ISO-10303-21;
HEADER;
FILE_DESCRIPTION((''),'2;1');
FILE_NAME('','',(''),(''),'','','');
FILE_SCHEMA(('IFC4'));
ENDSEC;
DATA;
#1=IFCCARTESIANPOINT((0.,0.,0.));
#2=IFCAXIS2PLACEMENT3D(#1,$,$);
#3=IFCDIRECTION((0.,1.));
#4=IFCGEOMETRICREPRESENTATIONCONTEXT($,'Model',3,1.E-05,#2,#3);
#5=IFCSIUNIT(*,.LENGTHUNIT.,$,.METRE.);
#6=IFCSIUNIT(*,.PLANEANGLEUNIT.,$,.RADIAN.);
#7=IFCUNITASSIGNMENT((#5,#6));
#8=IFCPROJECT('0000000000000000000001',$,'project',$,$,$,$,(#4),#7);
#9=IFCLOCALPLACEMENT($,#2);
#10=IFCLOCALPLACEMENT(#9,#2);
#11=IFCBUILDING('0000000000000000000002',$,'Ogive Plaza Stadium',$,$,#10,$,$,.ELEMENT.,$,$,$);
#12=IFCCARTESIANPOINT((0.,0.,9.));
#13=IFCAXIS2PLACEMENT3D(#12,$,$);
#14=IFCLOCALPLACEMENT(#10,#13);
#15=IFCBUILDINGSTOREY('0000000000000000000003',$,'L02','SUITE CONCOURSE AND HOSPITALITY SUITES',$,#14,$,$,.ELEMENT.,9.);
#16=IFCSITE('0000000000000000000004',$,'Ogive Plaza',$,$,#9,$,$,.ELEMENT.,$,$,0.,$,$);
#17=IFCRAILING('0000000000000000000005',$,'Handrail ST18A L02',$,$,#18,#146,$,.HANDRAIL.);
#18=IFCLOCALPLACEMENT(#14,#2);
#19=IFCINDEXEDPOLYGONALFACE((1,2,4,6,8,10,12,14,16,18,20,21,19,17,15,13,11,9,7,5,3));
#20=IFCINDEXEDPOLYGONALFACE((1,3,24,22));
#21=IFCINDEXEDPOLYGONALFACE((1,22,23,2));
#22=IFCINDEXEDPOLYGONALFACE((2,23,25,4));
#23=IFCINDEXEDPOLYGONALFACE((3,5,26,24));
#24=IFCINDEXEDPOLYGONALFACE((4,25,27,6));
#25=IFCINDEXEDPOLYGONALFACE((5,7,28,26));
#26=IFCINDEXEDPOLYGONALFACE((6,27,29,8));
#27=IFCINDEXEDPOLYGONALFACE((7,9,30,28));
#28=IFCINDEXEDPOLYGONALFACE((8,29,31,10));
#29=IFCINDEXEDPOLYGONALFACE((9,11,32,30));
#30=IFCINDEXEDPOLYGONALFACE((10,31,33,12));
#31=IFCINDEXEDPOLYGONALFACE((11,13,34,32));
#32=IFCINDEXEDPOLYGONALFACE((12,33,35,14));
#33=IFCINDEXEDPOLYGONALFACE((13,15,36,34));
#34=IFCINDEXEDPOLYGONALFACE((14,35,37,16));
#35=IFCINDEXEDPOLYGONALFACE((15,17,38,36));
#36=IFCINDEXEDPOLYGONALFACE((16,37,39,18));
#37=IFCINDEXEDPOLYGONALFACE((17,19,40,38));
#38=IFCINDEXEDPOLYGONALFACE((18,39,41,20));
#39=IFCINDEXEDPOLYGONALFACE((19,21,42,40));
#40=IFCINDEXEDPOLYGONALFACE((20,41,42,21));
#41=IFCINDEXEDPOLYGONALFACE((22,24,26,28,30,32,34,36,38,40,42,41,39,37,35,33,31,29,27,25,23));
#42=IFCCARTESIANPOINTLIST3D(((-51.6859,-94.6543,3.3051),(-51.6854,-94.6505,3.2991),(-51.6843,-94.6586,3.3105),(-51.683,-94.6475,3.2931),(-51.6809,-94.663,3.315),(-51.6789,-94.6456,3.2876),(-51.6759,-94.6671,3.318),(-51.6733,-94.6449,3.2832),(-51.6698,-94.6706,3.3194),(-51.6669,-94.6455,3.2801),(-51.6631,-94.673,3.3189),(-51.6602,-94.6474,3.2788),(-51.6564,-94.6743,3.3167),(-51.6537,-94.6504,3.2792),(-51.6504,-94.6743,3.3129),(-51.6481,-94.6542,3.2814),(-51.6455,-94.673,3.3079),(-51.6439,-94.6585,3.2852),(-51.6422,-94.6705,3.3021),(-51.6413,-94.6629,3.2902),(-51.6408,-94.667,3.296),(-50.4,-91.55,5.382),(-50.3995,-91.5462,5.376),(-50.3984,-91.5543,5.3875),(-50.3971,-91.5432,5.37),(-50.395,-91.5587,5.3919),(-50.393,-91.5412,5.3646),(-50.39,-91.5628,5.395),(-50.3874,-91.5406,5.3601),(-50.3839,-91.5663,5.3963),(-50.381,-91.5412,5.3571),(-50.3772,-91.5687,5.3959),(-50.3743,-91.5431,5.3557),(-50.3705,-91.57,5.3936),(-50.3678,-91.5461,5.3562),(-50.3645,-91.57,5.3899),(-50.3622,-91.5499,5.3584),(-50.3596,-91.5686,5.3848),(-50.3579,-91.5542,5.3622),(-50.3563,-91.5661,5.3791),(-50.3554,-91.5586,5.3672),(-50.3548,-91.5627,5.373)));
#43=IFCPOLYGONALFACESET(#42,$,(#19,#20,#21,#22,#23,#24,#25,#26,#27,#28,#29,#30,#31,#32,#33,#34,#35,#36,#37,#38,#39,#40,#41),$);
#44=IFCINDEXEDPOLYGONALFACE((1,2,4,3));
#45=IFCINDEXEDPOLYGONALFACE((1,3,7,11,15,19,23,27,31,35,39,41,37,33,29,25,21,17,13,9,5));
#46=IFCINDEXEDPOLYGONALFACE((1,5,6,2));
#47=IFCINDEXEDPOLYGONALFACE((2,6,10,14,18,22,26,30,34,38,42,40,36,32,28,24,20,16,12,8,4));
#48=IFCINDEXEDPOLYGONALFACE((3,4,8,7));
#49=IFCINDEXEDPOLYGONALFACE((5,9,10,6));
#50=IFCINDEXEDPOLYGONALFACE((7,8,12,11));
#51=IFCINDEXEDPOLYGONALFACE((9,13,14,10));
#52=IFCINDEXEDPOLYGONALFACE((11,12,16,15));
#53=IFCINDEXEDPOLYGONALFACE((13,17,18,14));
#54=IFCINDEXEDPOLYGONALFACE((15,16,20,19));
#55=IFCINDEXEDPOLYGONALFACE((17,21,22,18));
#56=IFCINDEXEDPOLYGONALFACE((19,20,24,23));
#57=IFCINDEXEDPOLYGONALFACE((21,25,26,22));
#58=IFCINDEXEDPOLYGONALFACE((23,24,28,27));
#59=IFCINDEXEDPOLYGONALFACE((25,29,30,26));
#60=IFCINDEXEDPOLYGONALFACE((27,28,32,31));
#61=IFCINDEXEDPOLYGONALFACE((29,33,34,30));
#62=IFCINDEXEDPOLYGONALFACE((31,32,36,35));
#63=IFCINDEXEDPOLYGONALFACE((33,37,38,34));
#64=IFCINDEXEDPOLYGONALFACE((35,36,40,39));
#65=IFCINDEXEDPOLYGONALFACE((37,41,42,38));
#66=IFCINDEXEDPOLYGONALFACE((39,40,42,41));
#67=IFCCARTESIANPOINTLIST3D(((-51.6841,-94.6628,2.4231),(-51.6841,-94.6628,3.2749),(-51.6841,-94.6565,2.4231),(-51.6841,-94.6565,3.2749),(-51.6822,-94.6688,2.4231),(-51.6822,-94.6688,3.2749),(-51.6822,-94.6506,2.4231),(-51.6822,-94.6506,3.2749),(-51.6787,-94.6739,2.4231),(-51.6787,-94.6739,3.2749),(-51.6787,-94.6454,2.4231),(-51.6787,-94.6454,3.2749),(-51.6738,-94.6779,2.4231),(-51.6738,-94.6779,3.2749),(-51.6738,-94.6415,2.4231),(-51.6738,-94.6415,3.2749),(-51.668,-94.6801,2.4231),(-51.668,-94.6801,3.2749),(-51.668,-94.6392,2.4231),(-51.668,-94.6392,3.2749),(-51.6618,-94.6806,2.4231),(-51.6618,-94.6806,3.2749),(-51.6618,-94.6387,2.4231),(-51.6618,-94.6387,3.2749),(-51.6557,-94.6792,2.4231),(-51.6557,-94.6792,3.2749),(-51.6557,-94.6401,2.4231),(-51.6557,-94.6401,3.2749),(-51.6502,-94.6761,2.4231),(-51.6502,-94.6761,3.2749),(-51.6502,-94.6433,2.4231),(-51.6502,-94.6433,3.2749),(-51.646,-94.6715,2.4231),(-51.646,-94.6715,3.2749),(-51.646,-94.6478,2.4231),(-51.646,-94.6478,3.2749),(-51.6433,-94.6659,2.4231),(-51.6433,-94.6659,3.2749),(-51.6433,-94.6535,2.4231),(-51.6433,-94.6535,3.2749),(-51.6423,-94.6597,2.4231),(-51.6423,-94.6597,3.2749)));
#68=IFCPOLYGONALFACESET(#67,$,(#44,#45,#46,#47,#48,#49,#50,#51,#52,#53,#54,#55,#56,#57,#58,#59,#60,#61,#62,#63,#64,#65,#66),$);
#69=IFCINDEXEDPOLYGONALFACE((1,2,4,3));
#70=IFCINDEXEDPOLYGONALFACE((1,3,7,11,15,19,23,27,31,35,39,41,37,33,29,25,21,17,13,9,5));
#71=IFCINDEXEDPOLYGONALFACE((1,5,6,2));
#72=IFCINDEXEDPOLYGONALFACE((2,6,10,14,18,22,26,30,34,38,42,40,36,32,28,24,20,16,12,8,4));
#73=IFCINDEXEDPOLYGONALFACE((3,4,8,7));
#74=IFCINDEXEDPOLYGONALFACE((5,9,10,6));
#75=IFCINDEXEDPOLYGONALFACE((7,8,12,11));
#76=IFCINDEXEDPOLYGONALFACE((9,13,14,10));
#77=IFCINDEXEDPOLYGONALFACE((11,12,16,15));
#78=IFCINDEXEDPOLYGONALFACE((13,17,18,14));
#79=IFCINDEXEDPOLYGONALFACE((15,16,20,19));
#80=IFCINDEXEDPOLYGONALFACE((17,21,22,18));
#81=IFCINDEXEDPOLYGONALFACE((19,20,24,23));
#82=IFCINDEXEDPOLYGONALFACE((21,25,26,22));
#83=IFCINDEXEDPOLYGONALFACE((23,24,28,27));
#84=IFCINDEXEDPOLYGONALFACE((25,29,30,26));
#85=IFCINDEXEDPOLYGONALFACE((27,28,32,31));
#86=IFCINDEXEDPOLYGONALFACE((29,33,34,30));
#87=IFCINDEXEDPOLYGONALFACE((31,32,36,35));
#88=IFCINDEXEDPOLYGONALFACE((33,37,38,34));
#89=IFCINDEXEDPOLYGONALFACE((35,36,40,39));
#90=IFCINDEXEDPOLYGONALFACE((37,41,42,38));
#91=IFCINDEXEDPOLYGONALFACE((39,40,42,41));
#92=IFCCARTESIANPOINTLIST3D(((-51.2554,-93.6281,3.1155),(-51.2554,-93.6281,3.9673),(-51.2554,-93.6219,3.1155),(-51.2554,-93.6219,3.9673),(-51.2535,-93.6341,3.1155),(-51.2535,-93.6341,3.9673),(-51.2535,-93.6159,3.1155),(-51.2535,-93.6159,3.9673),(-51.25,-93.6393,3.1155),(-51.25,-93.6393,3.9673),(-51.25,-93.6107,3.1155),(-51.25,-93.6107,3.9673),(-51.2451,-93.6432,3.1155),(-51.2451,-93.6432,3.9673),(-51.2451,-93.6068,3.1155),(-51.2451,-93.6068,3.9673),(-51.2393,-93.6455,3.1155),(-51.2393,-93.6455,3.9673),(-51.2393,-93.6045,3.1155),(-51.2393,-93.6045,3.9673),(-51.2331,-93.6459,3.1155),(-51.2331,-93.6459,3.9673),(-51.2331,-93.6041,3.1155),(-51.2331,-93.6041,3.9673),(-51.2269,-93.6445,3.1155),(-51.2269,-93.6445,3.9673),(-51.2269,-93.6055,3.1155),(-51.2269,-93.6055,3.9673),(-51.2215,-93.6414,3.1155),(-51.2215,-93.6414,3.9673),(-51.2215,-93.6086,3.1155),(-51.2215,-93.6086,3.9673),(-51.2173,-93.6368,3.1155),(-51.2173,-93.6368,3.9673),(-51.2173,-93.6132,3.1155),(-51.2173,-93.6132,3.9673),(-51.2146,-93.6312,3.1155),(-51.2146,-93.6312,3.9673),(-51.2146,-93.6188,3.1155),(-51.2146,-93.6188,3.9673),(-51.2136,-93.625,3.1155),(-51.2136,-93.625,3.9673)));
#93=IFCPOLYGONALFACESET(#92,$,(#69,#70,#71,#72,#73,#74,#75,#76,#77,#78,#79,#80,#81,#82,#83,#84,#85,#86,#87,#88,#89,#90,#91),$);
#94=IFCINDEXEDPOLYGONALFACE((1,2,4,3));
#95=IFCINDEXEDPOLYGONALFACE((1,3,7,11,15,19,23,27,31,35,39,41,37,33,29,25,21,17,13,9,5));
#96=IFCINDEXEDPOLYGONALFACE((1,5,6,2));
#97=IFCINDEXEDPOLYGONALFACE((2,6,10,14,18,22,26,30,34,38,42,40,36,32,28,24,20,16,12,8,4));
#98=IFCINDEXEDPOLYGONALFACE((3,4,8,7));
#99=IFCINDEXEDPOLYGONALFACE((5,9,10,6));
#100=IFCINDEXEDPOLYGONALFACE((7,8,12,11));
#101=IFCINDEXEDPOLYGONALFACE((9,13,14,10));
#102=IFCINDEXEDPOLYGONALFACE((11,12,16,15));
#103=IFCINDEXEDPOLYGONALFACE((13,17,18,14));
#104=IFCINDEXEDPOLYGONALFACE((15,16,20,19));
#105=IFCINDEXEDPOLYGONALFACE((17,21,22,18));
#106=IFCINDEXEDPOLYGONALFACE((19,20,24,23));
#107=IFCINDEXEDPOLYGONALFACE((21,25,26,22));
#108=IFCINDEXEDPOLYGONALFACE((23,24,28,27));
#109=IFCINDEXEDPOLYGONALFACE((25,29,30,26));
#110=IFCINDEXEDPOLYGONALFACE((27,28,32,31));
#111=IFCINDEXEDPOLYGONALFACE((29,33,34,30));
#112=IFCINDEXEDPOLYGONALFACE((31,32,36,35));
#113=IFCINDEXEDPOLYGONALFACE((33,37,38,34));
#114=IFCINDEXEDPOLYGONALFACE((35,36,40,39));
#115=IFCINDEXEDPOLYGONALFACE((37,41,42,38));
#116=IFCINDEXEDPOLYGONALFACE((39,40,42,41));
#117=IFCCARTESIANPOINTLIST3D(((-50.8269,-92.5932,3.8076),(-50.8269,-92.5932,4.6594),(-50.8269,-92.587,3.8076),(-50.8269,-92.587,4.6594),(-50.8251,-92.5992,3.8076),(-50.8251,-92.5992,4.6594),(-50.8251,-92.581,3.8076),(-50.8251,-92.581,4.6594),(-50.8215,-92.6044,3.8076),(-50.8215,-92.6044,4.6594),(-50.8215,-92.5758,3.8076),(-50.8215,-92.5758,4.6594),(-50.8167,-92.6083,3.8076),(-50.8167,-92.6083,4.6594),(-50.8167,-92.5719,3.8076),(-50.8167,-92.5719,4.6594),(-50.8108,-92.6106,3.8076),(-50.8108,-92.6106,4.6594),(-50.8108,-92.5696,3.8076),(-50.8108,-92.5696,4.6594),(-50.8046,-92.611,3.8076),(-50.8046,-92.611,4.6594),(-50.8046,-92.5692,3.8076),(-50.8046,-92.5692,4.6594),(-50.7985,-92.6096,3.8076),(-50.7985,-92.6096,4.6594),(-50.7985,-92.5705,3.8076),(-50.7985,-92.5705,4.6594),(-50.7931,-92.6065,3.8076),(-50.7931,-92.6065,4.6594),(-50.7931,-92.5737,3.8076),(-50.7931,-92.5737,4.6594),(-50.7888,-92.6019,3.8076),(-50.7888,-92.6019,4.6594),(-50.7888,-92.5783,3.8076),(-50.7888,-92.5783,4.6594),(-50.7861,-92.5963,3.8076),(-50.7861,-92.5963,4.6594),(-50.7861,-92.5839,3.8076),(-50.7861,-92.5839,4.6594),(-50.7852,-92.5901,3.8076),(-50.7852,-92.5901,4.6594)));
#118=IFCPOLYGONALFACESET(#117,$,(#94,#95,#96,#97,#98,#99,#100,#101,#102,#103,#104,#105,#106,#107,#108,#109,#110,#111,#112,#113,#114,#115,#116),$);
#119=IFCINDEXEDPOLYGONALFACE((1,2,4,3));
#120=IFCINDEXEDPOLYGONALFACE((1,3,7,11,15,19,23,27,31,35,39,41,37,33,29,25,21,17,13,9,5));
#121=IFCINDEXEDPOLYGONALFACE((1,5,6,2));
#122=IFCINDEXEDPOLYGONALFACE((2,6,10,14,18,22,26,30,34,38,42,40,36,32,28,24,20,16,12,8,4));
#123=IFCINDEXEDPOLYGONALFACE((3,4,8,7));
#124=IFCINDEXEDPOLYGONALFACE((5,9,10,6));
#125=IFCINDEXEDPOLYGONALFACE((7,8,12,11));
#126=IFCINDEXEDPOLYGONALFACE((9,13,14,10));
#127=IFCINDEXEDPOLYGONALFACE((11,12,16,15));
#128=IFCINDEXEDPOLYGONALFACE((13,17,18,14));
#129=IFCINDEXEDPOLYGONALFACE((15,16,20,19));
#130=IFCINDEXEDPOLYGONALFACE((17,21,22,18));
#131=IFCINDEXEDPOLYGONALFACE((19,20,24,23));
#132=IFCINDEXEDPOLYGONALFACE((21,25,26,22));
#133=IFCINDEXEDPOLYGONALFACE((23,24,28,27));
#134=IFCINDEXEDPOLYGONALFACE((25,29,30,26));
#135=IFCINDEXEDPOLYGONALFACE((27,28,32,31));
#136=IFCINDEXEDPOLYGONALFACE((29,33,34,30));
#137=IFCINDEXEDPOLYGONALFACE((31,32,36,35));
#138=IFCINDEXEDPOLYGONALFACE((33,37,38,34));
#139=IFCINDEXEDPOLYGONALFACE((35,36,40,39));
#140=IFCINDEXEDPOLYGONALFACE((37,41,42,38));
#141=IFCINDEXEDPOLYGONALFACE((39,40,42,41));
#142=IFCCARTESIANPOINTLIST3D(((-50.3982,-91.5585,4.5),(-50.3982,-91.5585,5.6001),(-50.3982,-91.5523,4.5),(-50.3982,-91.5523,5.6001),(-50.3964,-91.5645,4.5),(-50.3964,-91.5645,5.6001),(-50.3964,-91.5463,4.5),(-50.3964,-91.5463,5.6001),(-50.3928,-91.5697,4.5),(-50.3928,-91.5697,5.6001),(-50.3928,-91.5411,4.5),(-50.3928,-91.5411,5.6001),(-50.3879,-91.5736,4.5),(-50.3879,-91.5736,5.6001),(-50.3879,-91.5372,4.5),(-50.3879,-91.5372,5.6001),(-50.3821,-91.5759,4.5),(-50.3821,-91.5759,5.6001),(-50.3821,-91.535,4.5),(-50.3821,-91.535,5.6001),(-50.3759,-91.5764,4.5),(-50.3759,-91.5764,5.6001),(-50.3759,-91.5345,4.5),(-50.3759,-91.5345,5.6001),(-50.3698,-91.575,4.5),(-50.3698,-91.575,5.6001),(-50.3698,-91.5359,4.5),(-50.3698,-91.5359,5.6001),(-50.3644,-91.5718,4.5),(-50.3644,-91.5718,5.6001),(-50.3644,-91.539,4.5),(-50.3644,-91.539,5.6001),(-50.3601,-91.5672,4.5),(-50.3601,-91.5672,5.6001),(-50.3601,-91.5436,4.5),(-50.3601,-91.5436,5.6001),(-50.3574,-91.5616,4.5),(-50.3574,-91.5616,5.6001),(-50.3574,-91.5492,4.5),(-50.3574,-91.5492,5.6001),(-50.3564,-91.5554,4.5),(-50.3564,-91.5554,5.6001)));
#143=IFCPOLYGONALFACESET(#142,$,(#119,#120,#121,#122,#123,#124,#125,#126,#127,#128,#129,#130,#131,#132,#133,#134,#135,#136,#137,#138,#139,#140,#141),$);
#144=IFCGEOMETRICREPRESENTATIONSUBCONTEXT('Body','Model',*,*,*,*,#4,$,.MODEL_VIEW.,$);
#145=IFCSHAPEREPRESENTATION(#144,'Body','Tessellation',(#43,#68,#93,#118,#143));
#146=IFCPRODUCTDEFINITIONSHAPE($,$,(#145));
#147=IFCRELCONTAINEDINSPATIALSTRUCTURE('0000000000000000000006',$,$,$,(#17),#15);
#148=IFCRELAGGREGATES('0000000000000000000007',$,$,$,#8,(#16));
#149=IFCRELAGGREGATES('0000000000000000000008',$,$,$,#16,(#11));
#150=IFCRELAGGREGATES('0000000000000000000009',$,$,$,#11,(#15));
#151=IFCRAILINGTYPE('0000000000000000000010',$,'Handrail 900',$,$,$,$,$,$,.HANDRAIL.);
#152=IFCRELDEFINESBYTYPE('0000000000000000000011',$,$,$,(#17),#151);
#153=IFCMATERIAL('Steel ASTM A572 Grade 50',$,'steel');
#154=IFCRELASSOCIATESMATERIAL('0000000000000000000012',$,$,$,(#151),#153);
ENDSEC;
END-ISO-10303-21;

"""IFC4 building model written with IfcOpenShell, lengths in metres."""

from ifc_helpers import new_model, si_unit, direction, frame, origin, origin_2d, place, context, subcontext, project, spatial, circle, extrude, material, type_object, element, save


model = new_model("IFC4")

# Units and contexts
model_context = context("Model", 3, precision=1e-05, world=origin(), true_north=direction((0.0, 1.0)))
body_context = subcontext(model_context, "Body", "Model", "MODEL_VIEW")
ifc_project = project(units=[si_unit("LENGTHUNIT", "METRE"), si_unit("PLANEANGLEUNIT", "RADIAN")], contexts=[model_context])

# Site, building, storey
site_placement = place(None, origin())
site = spatial("IfcSite", under=ifc_project, at=site_placement, Name="Ogive Plaza", CompositionType="ELEMENT", RefElevation=0.0)
building_placement = place(site_placement, origin())
building = spatial("IfcBuilding", under=site, at=building_placement, Name="Ogive Plaza Stadium", CompositionType="ELEMENT")
storey_placement = place(building_placement, frame((0.0, 0.0, 9.0)))
storey = spatial("IfcBuildingStorey", under=building, at=storey_placement, Name="L02", Description="SUITE CONCOURSE AND HOSPITALITY SUITES", CompositionType="ELEMENT", Elevation=9.0)

# Railing
ifc_material_1 = material(Name="Steel ASTM A572 Grade 50", Category="steel")
railing_type_1 = type_object("IfcRailingType", Name="Handrail 900", PredefinedType="HANDRAIL", material=ifc_material_1)
railing_1_placement = place(storey_placement, frame((-51.6633, -94.6597, 2.4231)))
element("IfcRailing", 1, at=railing_1_placement, inside=storey, type_object=railing_type_1, Name="Handrail ST18A L02", PredefinedType="HANDRAIL", context=body_context, shape_type="SweptSolid", body=[
    extrude(circle(Radius=0.0239, at=origin_2d()), frame((0.0, 0.0, 0.876), z_axis=(0.325532, 0.785863, 0.525783), x_axis=(-0.923872, 0.3827, 0.0)), (0.0, 0.0, 1.0), 3.9502),
    extrude(circle(Radius=0.021, at=origin_2d()), origin(), (0.0, 0.0, 1.0), 0.8518),
    extrude(circle(Radius=0.021, at=origin_2d()), frame((0.4287, 1.0347, 0.6924)), (0.0, 0.0, 1.0), 0.8518),
    extrude(circle(Radius=0.021, at=origin_2d()), frame((0.8572, 2.0696, 1.3845)), (0.0, 0.0, 1.0), 0.8518),
    extrude(circle(Radius=0.021, at=origin_2d()), frame((1.2859, 3.1042, 2.0769)), (0.0, 0.0, 1.0), 1.1001),
])

save(model, "model.ifc")
